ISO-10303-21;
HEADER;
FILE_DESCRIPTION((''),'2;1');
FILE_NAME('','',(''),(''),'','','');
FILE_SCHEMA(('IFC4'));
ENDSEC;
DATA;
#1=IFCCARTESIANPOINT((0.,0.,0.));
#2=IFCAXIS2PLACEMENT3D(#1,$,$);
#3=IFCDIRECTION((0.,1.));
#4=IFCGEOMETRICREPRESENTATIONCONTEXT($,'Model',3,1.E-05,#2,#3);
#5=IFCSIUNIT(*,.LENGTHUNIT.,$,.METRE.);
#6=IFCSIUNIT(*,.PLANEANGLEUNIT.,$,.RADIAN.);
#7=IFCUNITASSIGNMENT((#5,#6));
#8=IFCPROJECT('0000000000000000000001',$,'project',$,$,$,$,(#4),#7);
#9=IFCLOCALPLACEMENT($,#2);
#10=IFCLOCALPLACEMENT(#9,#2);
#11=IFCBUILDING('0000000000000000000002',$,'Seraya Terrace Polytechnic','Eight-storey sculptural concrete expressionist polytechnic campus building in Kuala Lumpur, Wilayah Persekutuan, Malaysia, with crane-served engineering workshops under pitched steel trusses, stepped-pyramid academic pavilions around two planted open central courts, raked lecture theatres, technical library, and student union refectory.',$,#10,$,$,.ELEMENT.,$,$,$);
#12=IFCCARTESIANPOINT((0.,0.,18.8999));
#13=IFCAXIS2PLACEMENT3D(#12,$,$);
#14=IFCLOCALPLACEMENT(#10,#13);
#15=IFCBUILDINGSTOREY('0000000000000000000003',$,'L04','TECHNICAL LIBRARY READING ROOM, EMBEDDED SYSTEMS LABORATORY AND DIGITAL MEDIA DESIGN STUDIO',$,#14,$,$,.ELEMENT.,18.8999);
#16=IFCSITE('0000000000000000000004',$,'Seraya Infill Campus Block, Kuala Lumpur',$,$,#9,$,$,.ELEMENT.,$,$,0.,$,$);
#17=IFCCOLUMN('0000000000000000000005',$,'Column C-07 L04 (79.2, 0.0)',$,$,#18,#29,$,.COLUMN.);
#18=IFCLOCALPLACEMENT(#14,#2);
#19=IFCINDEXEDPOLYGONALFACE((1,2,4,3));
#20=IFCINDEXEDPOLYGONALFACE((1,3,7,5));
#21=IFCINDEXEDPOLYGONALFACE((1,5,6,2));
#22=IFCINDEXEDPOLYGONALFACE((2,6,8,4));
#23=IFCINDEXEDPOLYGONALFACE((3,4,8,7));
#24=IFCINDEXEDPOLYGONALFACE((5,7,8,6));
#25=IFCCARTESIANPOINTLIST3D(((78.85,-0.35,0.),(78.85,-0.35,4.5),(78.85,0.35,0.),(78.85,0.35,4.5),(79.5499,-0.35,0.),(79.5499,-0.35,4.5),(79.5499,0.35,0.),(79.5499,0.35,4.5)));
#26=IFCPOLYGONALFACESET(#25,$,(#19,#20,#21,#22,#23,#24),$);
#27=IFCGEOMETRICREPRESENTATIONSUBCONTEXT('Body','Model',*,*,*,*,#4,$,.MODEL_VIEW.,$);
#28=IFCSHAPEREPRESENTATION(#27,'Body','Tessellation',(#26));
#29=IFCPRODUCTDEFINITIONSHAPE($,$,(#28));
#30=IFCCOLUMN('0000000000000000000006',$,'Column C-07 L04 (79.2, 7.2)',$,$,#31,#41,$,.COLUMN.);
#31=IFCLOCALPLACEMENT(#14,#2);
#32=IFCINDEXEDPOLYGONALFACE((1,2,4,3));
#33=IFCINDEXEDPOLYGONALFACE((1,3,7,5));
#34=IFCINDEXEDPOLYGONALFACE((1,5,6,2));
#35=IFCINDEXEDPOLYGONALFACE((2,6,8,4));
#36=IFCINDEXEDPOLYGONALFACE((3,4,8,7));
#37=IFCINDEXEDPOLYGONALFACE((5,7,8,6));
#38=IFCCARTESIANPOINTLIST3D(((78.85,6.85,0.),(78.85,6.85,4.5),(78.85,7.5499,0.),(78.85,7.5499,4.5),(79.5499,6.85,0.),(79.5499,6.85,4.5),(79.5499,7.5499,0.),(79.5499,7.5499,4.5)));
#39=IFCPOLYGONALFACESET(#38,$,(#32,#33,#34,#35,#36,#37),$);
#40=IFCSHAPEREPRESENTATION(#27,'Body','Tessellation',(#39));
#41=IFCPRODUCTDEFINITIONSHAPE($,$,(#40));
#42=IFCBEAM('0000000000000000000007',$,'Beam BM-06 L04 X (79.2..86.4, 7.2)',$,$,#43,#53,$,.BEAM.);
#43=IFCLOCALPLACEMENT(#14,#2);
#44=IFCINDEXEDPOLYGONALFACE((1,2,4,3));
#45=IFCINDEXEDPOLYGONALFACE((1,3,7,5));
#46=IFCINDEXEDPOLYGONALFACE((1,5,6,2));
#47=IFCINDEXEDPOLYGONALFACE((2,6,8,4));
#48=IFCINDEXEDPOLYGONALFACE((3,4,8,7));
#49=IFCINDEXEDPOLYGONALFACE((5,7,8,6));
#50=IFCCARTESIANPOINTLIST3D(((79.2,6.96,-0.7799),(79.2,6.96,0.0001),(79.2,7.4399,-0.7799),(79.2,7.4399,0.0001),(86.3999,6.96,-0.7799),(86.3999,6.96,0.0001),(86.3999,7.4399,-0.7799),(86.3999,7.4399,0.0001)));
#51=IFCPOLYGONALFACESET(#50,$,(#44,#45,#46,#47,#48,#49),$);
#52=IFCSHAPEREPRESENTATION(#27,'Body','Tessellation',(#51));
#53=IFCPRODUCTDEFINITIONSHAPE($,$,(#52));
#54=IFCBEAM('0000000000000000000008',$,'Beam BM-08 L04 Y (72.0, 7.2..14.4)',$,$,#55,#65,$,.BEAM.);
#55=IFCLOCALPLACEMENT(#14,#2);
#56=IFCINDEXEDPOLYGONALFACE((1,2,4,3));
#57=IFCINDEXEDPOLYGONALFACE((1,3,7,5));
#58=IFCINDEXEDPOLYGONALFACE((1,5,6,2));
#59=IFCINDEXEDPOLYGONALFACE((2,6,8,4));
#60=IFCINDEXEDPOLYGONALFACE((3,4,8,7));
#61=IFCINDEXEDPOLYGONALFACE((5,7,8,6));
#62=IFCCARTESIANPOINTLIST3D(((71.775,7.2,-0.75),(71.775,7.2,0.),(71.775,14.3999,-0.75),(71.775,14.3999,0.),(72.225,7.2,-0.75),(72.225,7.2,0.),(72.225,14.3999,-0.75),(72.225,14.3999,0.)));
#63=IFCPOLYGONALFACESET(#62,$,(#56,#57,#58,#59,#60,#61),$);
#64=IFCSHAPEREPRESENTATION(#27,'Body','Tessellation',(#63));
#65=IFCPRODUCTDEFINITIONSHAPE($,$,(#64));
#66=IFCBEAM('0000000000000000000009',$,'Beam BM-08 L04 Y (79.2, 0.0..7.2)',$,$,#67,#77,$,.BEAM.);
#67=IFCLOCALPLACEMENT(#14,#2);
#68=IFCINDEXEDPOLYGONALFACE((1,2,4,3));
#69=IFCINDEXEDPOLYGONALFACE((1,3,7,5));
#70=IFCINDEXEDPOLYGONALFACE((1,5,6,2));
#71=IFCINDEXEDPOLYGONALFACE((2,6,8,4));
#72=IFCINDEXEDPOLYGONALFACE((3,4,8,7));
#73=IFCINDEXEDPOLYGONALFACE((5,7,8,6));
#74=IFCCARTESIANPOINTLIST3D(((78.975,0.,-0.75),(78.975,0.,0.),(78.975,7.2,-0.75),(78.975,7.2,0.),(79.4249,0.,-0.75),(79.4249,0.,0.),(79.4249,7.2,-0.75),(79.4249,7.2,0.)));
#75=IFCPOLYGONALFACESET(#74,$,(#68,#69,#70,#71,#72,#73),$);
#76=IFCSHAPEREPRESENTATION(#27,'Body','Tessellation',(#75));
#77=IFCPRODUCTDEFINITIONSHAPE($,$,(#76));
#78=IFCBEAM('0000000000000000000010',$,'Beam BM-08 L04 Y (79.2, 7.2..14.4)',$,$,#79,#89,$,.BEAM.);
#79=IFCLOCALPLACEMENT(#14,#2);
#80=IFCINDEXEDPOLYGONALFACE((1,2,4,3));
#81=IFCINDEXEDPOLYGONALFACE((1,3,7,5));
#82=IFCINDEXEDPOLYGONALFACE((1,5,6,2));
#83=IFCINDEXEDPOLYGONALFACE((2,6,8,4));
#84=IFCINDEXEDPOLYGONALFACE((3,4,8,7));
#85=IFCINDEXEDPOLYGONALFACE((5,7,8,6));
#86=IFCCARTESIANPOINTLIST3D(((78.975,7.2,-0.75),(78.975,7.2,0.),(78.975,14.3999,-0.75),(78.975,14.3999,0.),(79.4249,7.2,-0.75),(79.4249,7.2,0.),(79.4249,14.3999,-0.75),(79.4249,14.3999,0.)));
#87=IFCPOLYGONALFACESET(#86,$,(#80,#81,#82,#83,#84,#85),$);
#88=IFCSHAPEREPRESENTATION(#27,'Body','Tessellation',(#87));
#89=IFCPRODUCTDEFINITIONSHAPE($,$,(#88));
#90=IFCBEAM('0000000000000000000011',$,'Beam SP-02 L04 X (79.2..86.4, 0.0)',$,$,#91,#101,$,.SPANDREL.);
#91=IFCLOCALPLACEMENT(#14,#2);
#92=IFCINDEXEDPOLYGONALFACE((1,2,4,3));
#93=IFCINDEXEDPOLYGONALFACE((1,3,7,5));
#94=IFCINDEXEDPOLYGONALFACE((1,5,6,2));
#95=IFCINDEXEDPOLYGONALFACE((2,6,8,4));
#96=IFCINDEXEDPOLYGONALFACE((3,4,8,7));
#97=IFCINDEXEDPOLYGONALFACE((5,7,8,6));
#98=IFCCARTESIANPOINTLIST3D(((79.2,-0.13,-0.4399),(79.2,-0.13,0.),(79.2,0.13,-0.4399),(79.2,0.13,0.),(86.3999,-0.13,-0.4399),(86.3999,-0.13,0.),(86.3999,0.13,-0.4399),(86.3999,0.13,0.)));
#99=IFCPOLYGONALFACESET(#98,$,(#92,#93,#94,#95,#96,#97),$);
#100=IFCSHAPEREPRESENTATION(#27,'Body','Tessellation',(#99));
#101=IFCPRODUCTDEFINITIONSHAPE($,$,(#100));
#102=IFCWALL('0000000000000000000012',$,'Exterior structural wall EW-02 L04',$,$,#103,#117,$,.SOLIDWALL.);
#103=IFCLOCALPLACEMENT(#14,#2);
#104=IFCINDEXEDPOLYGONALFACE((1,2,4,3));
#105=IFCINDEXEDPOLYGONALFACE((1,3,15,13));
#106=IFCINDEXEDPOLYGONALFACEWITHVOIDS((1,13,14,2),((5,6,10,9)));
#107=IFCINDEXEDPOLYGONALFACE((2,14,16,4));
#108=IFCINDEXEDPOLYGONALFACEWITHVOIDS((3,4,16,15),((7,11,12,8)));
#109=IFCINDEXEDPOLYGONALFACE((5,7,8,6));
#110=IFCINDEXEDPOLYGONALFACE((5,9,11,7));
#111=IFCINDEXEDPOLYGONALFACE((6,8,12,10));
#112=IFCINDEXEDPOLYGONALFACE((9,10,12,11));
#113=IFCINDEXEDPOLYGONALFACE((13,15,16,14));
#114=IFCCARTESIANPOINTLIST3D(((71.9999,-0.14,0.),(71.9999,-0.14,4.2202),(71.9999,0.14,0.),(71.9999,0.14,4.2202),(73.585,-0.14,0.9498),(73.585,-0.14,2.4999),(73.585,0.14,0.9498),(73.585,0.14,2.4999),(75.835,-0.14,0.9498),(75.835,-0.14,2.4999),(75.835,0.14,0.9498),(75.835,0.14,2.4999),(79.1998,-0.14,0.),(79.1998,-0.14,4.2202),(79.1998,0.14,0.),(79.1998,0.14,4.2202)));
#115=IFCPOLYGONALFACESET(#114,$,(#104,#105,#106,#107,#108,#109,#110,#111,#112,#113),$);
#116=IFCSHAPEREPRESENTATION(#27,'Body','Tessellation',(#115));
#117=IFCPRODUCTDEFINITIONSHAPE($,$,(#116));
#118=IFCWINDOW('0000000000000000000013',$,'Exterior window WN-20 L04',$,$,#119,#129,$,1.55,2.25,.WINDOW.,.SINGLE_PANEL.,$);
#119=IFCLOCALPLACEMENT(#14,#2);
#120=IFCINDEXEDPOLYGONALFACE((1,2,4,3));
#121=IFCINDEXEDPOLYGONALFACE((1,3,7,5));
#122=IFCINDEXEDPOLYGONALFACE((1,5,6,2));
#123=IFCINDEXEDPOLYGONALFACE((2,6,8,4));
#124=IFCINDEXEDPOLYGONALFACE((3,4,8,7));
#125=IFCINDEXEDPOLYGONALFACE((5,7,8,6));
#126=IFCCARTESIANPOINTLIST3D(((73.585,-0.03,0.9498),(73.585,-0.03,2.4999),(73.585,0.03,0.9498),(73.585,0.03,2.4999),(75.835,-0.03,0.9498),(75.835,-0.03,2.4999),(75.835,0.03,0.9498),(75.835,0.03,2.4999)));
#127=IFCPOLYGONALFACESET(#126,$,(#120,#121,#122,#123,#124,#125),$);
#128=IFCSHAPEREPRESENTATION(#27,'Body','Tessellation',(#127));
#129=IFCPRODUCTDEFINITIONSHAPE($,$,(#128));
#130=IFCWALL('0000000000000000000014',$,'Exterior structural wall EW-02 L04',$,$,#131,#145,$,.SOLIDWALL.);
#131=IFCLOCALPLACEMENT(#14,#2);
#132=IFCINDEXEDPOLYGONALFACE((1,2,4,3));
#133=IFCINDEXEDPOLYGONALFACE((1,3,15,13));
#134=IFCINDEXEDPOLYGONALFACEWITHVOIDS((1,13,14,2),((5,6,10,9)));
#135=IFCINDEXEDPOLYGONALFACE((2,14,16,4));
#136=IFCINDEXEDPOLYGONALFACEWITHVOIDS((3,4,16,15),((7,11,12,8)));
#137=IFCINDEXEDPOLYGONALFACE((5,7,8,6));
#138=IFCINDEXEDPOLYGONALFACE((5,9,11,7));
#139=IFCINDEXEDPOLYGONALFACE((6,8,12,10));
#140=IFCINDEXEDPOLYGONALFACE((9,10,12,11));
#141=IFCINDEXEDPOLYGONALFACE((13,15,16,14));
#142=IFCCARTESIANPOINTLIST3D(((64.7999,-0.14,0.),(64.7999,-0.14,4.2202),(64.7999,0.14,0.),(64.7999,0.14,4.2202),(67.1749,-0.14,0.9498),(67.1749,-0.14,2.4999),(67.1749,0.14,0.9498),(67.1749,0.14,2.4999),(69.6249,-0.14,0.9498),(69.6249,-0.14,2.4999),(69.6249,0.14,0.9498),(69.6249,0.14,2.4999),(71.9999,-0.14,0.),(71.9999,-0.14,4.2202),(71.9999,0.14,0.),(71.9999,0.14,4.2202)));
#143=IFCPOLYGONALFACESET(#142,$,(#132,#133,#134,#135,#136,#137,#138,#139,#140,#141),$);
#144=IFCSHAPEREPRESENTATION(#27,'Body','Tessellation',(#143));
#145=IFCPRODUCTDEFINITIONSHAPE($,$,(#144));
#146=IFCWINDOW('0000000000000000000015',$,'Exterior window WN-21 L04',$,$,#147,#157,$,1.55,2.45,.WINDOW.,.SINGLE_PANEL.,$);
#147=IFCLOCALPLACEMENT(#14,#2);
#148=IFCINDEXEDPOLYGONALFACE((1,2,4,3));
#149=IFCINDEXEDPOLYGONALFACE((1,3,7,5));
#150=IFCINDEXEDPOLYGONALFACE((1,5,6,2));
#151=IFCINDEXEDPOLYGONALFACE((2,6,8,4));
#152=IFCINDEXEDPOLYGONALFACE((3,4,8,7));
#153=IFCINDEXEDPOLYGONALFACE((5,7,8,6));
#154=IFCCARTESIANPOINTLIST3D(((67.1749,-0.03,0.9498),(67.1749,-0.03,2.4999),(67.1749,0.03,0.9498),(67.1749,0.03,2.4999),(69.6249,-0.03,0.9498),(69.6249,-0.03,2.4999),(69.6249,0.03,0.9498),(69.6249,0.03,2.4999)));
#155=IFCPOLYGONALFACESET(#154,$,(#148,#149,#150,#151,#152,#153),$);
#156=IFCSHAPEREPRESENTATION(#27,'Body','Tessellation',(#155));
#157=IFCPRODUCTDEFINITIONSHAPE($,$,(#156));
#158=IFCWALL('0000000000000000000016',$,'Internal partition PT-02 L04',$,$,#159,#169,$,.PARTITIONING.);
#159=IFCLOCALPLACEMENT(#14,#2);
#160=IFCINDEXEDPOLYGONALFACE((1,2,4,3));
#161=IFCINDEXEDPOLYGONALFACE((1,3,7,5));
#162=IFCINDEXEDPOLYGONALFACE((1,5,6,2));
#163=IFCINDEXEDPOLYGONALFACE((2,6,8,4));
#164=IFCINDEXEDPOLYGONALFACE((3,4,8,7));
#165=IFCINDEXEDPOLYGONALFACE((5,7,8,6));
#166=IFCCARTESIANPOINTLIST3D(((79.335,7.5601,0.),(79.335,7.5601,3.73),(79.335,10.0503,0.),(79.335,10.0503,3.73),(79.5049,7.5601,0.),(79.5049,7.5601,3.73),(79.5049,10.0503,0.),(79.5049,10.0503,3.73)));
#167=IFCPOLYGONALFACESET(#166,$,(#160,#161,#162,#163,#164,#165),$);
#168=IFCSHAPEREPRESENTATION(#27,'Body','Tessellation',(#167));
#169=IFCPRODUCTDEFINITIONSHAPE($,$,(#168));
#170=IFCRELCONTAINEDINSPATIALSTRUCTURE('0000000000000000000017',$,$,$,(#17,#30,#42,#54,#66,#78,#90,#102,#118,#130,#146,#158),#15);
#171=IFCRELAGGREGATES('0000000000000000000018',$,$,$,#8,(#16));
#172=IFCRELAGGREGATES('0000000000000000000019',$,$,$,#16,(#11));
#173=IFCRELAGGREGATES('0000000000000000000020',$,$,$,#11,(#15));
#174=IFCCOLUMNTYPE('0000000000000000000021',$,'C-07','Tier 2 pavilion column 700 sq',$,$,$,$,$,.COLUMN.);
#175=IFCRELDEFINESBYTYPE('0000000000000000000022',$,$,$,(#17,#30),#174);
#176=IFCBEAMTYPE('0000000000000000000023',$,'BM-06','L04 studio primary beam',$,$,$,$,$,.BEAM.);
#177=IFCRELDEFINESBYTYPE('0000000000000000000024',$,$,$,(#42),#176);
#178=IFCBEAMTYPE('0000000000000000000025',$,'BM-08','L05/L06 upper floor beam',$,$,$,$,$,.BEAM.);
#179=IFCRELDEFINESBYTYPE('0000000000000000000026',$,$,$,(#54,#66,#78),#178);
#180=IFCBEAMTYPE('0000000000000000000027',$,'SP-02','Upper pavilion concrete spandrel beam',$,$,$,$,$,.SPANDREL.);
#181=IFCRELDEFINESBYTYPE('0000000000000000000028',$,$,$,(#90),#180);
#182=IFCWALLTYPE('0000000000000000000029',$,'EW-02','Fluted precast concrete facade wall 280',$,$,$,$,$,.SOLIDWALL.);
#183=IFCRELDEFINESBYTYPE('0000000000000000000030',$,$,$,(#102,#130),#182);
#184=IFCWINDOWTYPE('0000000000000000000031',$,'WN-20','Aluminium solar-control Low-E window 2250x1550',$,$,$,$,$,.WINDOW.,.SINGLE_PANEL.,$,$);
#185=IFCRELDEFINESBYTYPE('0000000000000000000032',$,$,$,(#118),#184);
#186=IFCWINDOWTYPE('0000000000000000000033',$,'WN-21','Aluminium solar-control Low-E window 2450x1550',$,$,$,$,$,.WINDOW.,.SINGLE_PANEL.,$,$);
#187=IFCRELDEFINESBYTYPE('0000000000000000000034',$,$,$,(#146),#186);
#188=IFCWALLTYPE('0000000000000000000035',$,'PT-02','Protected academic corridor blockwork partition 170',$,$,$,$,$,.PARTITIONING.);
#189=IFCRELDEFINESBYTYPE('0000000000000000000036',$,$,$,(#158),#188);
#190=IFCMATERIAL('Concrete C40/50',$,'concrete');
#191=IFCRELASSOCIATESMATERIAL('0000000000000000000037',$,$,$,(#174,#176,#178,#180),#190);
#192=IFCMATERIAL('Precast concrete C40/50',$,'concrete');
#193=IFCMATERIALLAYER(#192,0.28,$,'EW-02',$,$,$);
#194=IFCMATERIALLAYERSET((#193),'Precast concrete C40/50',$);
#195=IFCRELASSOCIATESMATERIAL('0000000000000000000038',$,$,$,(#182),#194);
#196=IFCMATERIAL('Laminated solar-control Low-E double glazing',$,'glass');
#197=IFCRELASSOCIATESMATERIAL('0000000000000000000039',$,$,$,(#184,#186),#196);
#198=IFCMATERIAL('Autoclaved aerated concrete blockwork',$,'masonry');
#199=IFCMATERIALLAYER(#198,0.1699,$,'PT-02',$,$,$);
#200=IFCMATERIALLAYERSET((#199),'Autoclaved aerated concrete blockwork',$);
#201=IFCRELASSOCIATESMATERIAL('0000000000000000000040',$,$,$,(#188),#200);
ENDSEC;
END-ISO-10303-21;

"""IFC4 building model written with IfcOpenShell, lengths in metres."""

from ifc_helpers import new_model, si_unit, direction, frame, frame_2d, origin, origin_2d, place, context, subcontext, project, spatial, rectangle, extrude, material, layer, layer_set, material_profile, profile_set, type_object, element, fill, save


model = new_model("IFC4")

# Units and contexts
model_context = context("Model", 3, precision=1e-05, world=origin(), true_north=direction((0.0, 1.0)))
body_context = subcontext(model_context, "Body", "Model", "MODEL_VIEW")
ifc_project = project(units=[si_unit("LENGTHUNIT", "METRE"), si_unit("PLANEANGLEUNIT", "RADIAN")], contexts=[model_context])

# Site, building, storey
site_placement = place(None, origin())
site = spatial("IfcSite", under=ifc_project, at=site_placement, Name="Seraya Infill Campus Block, Kuala Lumpur", CompositionType="ELEMENT", RefElevation=0.0)
building_placement = place(site_placement, origin())
building = spatial("IfcBuilding", under=site, at=building_placement, Name="Seraya Terrace Polytechnic", Description="Eight-storey sculptural concrete expressionist polytechnic campus building in Kuala Lumpur, Wilayah Persekutuan, Malaysia, with crane-served engineering workshops under pitched steel trusses, stepped-pyramid academic pavilions around two planted open central courts, raked lecture theatres, technical library, and student union refectory.", CompositionType="ELEMENT")
storey_placement = place(building_placement, frame((0.0, 0.0, 18.8999)))
storey = spatial("IfcBuildingStorey", under=building, at=storey_placement, Name="L04", Description="TECHNICAL LIBRARY READING ROOM, EMBEDDED SYSTEMS LABORATORY AND DIGITAL MEDIA DESIGN STUDIO", CompositionType="ELEMENT", Elevation=18.8999)

# Columns
ifc_material_1 = material(Name="Concrete C40/50", Category="concrete")
ifc_material_profile_1 = material_profile(ifc_material_1, rectangle(XDim=0.7, YDim=0.7, at=origin_2d()), Name="RC 700x700")
ifc_profile_set_1 = profile_set([ifc_material_profile_1], Name="Concrete C40/50")
column_type = type_object("IfcColumnType", Name="C-07", Description="Tier 2 pavilion column 700 sq", PredefinedType="COLUMN", material=ifc_profile_set_1)
for number, where, z_axis, x_axis, name in (
    (1, (79.2, 0.0, 0.0), (0.0, 0.0, 1.0), (1.0, 0.0, 0.0), "Column C-07 L04 (79.2, 0.0)"),
    (2, (79.2, 7.2, 0.0), (0.0, 0.0, 1.0), (1.0, 0.0, 0.0), "Column C-07 L04 (79.2, 7.2)"),
):
    element("IfcColumn", number, at=place(storey_placement, frame(where, z_axis=z_axis, x_axis=x_axis)), inside=storey, type_object=column_type, Name=name, PredefinedType="COLUMN", context=body_context, shape_type="SweptSolid", body=[
        extrude(rectangle(XDim=0.7, YDim=0.7, at=origin_2d()), origin(), (0.0, 0.0, 1.0), 4.5),
    ])

# Beams
ifc_material_profile_2 = material_profile(ifc_material_1, rectangle(XDim=0.48, YDim=0.78, at=origin_2d()), Name="RC 480x780")
ifc_profile_set_2 = profile_set([ifc_material_profile_2], Name="Concrete C40/50")
beam_type_1 = type_object("IfcBeamType", Name="BM-06", Description="L04 studio primary beam", PredefinedType="BEAM", material=ifc_profile_set_2)
beam_1_placement = place(storey_placement, frame((79.2, 7.2, -0.3899), z_axis=(1.0, 0.0, 0.0), x_axis=(0.0, 1.0, 0.0)))
element("IfcBeam", 3, at=beam_1_placement, inside=storey, type_object=beam_type_1, Name="Beam BM-06 L04 X (79.2..86.4, 7.2)", PredefinedType="BEAM", context=body_context, shape_type="SweptSolid", body=[
    extrude(rectangle(XDim=0.48, YDim=0.78, at=origin_2d()), origin(), (0.0, 0.0, 1.0), 7.2),
])
ifc_material_profile_3 = material_profile(ifc_material_1, rectangle(XDim=0.45, YDim=0.75, at=origin_2d()), Name="RC 450x750")
ifc_profile_set_3 = profile_set([ifc_material_profile_3], Name="Concrete C40/50")
beam_type_2 = type_object("IfcBeamType", Name="BM-08", Description="L05/L06 upper floor beam", PredefinedType="BEAM", material=ifc_profile_set_3)
for number, where, z_axis, x_axis, name in (
    (4, (72.0, 7.2, -0.375), (0.0, 1.0, 0.0), (-1.0, 0.0, 0.0), "Beam BM-08 L04 Y (72.0, 7.2..14.4)"),
    (5, (79.2, 0.0, -0.375), (0.0, 1.0, 0.0), (-1.0, 0.0, 0.0), "Beam BM-08 L04 Y (79.2, 0.0..7.2)"),
    (6, (79.2, 7.2, -0.375), (0.0, 1.0, 0.0), (-1.0, 0.0, 0.0), "Beam BM-08 L04 Y (79.2, 7.2..14.4)"),
):
    element("IfcBeam", number, at=place(storey_placement, frame(where, z_axis=z_axis, x_axis=x_axis)), inside=storey, type_object=beam_type_2, Name=name, PredefinedType="BEAM", context=body_context, shape_type="SweptSolid", body=[
        extrude(rectangle(XDim=0.45, YDim=0.75, at=origin_2d()), origin(), (0.0, 0.0, 1.0), 7.2),
    ])
ifc_material_profile_4 = material_profile(ifc_material_1, rectangle(XDim=0.26, YDim=0.4399, at=origin_2d()), Name="RC 260x440")
ifc_profile_set_4 = profile_set([ifc_material_profile_4], Name="Concrete C40/50")
beam_type_3 = type_object("IfcBeamType", Name="SP-02", Description="Upper pavilion concrete spandrel beam", PredefinedType="SPANDREL", material=ifc_profile_set_4)
beam_2_placement = place(storey_placement, frame((79.2, 0.0, -0.22), z_axis=(1.0, 0.0, 0.0), x_axis=(0.0, 1.0, 0.0)))
element("IfcBeam", 7, at=beam_2_placement, inside=storey, type_object=beam_type_3, Name="Beam SP-02 L04 X (79.2..86.4, 0.0)", PredefinedType="SPANDREL", context=body_context, shape_type="SweptSolid", body=[
    extrude(rectangle(XDim=0.26, YDim=0.4399, at=origin_2d()), origin(), (0.0, 0.0, 1.0), 7.2),
])

# Walls, openings, windows
ifc_material_2 = material(Name="Precast concrete C40/50", Category="concrete")
ifc_layer_1 = layer(ifc_material_2, 0.28, Name="EW-02")
ifc_layer_set_1 = layer_set([ifc_layer_1], Name="Precast concrete C40/50")
wall_type_1 = type_object("IfcWallType", Name="EW-02", Description="Fluted precast concrete facade wall 280", PredefinedType="SOLIDWALL", material=ifc_layer_set_1)
wall_1_placement = place(storey_placement, frame((79.2, 0.0, 0.0), z_axis=(0.0, 0.0, 1.0), x_axis=(-1.0, 0.0, 0.0)))
wall_1 = element("IfcWall", 8, at=wall_1_placement, inside=storey, type_object=wall_type_1, Name="Exterior structural wall EW-02 L04", PredefinedType="SOLIDWALL", context=body_context, shape_type="SweptSolid", body=[
    extrude(rectangle(XDim=7.2, YDim=0.28, at=frame_2d((3.6001, 0.0))), origin(), (0.0, 0.0, 1.0), 4.2202),
])
opening_1_placement = place(wall_1_placement, frame((3.365, 0.0, 0.95)))
opening_1 = element("IfcOpeningElement", 9, at=opening_1_placement, cuts=wall_1, PredefinedType="OPENING", context=body_context, shape_type="SweptSolid", body=[
    extrude(rectangle(XDim=2.25, YDim=1.55, at=frame_2d((1.125, 0.7749))), frame((0.0, 0.1519, 0.0), z_axis=(0.0, -1.0, 0.0), x_axis=(1.0, 0.0, 0.0)), (0.0, 0.0, 1.0), 0.304),
])
ifc_material_3 = material(Name="Laminated solar-control Low-E double glazing", Category="glass")
window_type_1 = type_object("IfcWindowType", Name="WN-20", Description="Aluminium solar-control Low-E window 2250x1550", PartitioningType="SINGLE_PANEL", PredefinedType="WINDOW", material=ifc_material_3)
window_1_placement = place(opening_1_placement, origin())
window_1 = element("IfcWindow", 10, at=window_1_placement, inside=storey, type_object=window_type_1, Name="Exterior window WN-20 L04", OverallHeight=1.55, OverallWidth=2.25, PartitioningType="SINGLE_PANEL", PredefinedType="WINDOW", context=body_context, shape_type="SweptSolid", body=[
    extrude(rectangle(XDim=2.25, YDim=1.55, at=frame_2d((1.125, 0.7749))), frame((0.0, 0.03, 0.0), z_axis=(0.0, -1.0, 0.0), x_axis=(1.0, 0.0, 0.0)), (0.0, 0.0, 1.0), 0.0601),
])
fill(opening_1, window_1)
wall_2_placement = place(storey_placement, frame((72.0, 0.0, 0.0), z_axis=(0.0, 0.0, 1.0), x_axis=(-1.0, 0.0, 0.0)))
wall_2 = element("IfcWall", 11, at=wall_2_placement, inside=storey, type_object=wall_type_1, Name="Exterior structural wall EW-02 L04", PredefinedType="SOLIDWALL", context=body_context, shape_type="SweptSolid", body=[
    extrude(rectangle(XDim=7.2, YDim=0.28, at=frame_2d((3.6001, 0.0))), origin(), (0.0, 0.0, 1.0), 4.2202),
])
opening_2_placement = place(wall_2_placement, frame((2.375, 0.0, 0.95)))
opening_2 = element("IfcOpeningElement", 12, at=opening_2_placement, cuts=wall_2, PredefinedType="OPENING", context=body_context, shape_type="SweptSolid", body=[
    extrude(rectangle(XDim=2.45, YDim=1.55, at=frame_2d((1.2251, 0.7749))), frame((0.0, 0.1519, 0.0), z_axis=(0.0, -1.0, 0.0), x_axis=(1.0, 0.0, 0.0)), (0.0, 0.0, 1.0), 0.304),
])
window_type_2 = type_object("IfcWindowType", Name="WN-21", Description="Aluminium solar-control Low-E window 2450x1550", PartitioningType="SINGLE_PANEL", PredefinedType="WINDOW", material=ifc_material_3)
window_2_placement = place(opening_2_placement, origin())
window_2 = element("IfcWindow", 13, at=window_2_placement, inside=storey, type_object=window_type_2, Name="Exterior window WN-21 L04", OverallHeight=1.55, OverallWidth=2.45, PartitioningType="SINGLE_PANEL", PredefinedType="WINDOW", context=body_context, shape_type="SweptSolid", body=[
    extrude(rectangle(XDim=2.45, YDim=1.55, at=frame_2d((1.2251, 0.7749))), frame((0.0, 0.03, 0.0), z_axis=(0.0, -1.0, 0.0), x_axis=(1.0, 0.0, 0.0)), (0.0, 0.0, 1.0), 0.0601),
])
fill(opening_2, window_2)

# Wall
ifc_material_4 = material(Name="Autoclaved aerated concrete blockwork", Category="masonry")
ifc_layer_2 = layer(ifc_material_4, 0.1699, Name="PT-02")
ifc_layer_set_2 = layer_set([ifc_layer_2], Name="Autoclaved aerated concrete blockwork")
wall_type_2 = type_object("IfcWallType", Name="PT-02", Description="Protected academic corridor blockwork partition 170", PredefinedType="PARTITIONING", material=ifc_layer_set_2)
wall_3_placement = place(storey_placement, frame((79.4199, 7.5601, 0.0), z_axis=(0.0, 0.0, 1.0), x_axis=(0.0, 1.0, 0.0)))
element("IfcWall", 14, at=wall_3_placement, inside=storey, type_object=wall_type_2, Name="Internal partition PT-02 L04", PredefinedType="PARTITIONING", context=body_context, shape_type="SweptSolid", body=[
    extrude(rectangle(XDim=2.4902, YDim=0.1699, at=frame_2d((1.2451, 0.0))), origin(), (0.0, 0.0, 1.0), 3.73),
])

save(model, "model.ifc")
